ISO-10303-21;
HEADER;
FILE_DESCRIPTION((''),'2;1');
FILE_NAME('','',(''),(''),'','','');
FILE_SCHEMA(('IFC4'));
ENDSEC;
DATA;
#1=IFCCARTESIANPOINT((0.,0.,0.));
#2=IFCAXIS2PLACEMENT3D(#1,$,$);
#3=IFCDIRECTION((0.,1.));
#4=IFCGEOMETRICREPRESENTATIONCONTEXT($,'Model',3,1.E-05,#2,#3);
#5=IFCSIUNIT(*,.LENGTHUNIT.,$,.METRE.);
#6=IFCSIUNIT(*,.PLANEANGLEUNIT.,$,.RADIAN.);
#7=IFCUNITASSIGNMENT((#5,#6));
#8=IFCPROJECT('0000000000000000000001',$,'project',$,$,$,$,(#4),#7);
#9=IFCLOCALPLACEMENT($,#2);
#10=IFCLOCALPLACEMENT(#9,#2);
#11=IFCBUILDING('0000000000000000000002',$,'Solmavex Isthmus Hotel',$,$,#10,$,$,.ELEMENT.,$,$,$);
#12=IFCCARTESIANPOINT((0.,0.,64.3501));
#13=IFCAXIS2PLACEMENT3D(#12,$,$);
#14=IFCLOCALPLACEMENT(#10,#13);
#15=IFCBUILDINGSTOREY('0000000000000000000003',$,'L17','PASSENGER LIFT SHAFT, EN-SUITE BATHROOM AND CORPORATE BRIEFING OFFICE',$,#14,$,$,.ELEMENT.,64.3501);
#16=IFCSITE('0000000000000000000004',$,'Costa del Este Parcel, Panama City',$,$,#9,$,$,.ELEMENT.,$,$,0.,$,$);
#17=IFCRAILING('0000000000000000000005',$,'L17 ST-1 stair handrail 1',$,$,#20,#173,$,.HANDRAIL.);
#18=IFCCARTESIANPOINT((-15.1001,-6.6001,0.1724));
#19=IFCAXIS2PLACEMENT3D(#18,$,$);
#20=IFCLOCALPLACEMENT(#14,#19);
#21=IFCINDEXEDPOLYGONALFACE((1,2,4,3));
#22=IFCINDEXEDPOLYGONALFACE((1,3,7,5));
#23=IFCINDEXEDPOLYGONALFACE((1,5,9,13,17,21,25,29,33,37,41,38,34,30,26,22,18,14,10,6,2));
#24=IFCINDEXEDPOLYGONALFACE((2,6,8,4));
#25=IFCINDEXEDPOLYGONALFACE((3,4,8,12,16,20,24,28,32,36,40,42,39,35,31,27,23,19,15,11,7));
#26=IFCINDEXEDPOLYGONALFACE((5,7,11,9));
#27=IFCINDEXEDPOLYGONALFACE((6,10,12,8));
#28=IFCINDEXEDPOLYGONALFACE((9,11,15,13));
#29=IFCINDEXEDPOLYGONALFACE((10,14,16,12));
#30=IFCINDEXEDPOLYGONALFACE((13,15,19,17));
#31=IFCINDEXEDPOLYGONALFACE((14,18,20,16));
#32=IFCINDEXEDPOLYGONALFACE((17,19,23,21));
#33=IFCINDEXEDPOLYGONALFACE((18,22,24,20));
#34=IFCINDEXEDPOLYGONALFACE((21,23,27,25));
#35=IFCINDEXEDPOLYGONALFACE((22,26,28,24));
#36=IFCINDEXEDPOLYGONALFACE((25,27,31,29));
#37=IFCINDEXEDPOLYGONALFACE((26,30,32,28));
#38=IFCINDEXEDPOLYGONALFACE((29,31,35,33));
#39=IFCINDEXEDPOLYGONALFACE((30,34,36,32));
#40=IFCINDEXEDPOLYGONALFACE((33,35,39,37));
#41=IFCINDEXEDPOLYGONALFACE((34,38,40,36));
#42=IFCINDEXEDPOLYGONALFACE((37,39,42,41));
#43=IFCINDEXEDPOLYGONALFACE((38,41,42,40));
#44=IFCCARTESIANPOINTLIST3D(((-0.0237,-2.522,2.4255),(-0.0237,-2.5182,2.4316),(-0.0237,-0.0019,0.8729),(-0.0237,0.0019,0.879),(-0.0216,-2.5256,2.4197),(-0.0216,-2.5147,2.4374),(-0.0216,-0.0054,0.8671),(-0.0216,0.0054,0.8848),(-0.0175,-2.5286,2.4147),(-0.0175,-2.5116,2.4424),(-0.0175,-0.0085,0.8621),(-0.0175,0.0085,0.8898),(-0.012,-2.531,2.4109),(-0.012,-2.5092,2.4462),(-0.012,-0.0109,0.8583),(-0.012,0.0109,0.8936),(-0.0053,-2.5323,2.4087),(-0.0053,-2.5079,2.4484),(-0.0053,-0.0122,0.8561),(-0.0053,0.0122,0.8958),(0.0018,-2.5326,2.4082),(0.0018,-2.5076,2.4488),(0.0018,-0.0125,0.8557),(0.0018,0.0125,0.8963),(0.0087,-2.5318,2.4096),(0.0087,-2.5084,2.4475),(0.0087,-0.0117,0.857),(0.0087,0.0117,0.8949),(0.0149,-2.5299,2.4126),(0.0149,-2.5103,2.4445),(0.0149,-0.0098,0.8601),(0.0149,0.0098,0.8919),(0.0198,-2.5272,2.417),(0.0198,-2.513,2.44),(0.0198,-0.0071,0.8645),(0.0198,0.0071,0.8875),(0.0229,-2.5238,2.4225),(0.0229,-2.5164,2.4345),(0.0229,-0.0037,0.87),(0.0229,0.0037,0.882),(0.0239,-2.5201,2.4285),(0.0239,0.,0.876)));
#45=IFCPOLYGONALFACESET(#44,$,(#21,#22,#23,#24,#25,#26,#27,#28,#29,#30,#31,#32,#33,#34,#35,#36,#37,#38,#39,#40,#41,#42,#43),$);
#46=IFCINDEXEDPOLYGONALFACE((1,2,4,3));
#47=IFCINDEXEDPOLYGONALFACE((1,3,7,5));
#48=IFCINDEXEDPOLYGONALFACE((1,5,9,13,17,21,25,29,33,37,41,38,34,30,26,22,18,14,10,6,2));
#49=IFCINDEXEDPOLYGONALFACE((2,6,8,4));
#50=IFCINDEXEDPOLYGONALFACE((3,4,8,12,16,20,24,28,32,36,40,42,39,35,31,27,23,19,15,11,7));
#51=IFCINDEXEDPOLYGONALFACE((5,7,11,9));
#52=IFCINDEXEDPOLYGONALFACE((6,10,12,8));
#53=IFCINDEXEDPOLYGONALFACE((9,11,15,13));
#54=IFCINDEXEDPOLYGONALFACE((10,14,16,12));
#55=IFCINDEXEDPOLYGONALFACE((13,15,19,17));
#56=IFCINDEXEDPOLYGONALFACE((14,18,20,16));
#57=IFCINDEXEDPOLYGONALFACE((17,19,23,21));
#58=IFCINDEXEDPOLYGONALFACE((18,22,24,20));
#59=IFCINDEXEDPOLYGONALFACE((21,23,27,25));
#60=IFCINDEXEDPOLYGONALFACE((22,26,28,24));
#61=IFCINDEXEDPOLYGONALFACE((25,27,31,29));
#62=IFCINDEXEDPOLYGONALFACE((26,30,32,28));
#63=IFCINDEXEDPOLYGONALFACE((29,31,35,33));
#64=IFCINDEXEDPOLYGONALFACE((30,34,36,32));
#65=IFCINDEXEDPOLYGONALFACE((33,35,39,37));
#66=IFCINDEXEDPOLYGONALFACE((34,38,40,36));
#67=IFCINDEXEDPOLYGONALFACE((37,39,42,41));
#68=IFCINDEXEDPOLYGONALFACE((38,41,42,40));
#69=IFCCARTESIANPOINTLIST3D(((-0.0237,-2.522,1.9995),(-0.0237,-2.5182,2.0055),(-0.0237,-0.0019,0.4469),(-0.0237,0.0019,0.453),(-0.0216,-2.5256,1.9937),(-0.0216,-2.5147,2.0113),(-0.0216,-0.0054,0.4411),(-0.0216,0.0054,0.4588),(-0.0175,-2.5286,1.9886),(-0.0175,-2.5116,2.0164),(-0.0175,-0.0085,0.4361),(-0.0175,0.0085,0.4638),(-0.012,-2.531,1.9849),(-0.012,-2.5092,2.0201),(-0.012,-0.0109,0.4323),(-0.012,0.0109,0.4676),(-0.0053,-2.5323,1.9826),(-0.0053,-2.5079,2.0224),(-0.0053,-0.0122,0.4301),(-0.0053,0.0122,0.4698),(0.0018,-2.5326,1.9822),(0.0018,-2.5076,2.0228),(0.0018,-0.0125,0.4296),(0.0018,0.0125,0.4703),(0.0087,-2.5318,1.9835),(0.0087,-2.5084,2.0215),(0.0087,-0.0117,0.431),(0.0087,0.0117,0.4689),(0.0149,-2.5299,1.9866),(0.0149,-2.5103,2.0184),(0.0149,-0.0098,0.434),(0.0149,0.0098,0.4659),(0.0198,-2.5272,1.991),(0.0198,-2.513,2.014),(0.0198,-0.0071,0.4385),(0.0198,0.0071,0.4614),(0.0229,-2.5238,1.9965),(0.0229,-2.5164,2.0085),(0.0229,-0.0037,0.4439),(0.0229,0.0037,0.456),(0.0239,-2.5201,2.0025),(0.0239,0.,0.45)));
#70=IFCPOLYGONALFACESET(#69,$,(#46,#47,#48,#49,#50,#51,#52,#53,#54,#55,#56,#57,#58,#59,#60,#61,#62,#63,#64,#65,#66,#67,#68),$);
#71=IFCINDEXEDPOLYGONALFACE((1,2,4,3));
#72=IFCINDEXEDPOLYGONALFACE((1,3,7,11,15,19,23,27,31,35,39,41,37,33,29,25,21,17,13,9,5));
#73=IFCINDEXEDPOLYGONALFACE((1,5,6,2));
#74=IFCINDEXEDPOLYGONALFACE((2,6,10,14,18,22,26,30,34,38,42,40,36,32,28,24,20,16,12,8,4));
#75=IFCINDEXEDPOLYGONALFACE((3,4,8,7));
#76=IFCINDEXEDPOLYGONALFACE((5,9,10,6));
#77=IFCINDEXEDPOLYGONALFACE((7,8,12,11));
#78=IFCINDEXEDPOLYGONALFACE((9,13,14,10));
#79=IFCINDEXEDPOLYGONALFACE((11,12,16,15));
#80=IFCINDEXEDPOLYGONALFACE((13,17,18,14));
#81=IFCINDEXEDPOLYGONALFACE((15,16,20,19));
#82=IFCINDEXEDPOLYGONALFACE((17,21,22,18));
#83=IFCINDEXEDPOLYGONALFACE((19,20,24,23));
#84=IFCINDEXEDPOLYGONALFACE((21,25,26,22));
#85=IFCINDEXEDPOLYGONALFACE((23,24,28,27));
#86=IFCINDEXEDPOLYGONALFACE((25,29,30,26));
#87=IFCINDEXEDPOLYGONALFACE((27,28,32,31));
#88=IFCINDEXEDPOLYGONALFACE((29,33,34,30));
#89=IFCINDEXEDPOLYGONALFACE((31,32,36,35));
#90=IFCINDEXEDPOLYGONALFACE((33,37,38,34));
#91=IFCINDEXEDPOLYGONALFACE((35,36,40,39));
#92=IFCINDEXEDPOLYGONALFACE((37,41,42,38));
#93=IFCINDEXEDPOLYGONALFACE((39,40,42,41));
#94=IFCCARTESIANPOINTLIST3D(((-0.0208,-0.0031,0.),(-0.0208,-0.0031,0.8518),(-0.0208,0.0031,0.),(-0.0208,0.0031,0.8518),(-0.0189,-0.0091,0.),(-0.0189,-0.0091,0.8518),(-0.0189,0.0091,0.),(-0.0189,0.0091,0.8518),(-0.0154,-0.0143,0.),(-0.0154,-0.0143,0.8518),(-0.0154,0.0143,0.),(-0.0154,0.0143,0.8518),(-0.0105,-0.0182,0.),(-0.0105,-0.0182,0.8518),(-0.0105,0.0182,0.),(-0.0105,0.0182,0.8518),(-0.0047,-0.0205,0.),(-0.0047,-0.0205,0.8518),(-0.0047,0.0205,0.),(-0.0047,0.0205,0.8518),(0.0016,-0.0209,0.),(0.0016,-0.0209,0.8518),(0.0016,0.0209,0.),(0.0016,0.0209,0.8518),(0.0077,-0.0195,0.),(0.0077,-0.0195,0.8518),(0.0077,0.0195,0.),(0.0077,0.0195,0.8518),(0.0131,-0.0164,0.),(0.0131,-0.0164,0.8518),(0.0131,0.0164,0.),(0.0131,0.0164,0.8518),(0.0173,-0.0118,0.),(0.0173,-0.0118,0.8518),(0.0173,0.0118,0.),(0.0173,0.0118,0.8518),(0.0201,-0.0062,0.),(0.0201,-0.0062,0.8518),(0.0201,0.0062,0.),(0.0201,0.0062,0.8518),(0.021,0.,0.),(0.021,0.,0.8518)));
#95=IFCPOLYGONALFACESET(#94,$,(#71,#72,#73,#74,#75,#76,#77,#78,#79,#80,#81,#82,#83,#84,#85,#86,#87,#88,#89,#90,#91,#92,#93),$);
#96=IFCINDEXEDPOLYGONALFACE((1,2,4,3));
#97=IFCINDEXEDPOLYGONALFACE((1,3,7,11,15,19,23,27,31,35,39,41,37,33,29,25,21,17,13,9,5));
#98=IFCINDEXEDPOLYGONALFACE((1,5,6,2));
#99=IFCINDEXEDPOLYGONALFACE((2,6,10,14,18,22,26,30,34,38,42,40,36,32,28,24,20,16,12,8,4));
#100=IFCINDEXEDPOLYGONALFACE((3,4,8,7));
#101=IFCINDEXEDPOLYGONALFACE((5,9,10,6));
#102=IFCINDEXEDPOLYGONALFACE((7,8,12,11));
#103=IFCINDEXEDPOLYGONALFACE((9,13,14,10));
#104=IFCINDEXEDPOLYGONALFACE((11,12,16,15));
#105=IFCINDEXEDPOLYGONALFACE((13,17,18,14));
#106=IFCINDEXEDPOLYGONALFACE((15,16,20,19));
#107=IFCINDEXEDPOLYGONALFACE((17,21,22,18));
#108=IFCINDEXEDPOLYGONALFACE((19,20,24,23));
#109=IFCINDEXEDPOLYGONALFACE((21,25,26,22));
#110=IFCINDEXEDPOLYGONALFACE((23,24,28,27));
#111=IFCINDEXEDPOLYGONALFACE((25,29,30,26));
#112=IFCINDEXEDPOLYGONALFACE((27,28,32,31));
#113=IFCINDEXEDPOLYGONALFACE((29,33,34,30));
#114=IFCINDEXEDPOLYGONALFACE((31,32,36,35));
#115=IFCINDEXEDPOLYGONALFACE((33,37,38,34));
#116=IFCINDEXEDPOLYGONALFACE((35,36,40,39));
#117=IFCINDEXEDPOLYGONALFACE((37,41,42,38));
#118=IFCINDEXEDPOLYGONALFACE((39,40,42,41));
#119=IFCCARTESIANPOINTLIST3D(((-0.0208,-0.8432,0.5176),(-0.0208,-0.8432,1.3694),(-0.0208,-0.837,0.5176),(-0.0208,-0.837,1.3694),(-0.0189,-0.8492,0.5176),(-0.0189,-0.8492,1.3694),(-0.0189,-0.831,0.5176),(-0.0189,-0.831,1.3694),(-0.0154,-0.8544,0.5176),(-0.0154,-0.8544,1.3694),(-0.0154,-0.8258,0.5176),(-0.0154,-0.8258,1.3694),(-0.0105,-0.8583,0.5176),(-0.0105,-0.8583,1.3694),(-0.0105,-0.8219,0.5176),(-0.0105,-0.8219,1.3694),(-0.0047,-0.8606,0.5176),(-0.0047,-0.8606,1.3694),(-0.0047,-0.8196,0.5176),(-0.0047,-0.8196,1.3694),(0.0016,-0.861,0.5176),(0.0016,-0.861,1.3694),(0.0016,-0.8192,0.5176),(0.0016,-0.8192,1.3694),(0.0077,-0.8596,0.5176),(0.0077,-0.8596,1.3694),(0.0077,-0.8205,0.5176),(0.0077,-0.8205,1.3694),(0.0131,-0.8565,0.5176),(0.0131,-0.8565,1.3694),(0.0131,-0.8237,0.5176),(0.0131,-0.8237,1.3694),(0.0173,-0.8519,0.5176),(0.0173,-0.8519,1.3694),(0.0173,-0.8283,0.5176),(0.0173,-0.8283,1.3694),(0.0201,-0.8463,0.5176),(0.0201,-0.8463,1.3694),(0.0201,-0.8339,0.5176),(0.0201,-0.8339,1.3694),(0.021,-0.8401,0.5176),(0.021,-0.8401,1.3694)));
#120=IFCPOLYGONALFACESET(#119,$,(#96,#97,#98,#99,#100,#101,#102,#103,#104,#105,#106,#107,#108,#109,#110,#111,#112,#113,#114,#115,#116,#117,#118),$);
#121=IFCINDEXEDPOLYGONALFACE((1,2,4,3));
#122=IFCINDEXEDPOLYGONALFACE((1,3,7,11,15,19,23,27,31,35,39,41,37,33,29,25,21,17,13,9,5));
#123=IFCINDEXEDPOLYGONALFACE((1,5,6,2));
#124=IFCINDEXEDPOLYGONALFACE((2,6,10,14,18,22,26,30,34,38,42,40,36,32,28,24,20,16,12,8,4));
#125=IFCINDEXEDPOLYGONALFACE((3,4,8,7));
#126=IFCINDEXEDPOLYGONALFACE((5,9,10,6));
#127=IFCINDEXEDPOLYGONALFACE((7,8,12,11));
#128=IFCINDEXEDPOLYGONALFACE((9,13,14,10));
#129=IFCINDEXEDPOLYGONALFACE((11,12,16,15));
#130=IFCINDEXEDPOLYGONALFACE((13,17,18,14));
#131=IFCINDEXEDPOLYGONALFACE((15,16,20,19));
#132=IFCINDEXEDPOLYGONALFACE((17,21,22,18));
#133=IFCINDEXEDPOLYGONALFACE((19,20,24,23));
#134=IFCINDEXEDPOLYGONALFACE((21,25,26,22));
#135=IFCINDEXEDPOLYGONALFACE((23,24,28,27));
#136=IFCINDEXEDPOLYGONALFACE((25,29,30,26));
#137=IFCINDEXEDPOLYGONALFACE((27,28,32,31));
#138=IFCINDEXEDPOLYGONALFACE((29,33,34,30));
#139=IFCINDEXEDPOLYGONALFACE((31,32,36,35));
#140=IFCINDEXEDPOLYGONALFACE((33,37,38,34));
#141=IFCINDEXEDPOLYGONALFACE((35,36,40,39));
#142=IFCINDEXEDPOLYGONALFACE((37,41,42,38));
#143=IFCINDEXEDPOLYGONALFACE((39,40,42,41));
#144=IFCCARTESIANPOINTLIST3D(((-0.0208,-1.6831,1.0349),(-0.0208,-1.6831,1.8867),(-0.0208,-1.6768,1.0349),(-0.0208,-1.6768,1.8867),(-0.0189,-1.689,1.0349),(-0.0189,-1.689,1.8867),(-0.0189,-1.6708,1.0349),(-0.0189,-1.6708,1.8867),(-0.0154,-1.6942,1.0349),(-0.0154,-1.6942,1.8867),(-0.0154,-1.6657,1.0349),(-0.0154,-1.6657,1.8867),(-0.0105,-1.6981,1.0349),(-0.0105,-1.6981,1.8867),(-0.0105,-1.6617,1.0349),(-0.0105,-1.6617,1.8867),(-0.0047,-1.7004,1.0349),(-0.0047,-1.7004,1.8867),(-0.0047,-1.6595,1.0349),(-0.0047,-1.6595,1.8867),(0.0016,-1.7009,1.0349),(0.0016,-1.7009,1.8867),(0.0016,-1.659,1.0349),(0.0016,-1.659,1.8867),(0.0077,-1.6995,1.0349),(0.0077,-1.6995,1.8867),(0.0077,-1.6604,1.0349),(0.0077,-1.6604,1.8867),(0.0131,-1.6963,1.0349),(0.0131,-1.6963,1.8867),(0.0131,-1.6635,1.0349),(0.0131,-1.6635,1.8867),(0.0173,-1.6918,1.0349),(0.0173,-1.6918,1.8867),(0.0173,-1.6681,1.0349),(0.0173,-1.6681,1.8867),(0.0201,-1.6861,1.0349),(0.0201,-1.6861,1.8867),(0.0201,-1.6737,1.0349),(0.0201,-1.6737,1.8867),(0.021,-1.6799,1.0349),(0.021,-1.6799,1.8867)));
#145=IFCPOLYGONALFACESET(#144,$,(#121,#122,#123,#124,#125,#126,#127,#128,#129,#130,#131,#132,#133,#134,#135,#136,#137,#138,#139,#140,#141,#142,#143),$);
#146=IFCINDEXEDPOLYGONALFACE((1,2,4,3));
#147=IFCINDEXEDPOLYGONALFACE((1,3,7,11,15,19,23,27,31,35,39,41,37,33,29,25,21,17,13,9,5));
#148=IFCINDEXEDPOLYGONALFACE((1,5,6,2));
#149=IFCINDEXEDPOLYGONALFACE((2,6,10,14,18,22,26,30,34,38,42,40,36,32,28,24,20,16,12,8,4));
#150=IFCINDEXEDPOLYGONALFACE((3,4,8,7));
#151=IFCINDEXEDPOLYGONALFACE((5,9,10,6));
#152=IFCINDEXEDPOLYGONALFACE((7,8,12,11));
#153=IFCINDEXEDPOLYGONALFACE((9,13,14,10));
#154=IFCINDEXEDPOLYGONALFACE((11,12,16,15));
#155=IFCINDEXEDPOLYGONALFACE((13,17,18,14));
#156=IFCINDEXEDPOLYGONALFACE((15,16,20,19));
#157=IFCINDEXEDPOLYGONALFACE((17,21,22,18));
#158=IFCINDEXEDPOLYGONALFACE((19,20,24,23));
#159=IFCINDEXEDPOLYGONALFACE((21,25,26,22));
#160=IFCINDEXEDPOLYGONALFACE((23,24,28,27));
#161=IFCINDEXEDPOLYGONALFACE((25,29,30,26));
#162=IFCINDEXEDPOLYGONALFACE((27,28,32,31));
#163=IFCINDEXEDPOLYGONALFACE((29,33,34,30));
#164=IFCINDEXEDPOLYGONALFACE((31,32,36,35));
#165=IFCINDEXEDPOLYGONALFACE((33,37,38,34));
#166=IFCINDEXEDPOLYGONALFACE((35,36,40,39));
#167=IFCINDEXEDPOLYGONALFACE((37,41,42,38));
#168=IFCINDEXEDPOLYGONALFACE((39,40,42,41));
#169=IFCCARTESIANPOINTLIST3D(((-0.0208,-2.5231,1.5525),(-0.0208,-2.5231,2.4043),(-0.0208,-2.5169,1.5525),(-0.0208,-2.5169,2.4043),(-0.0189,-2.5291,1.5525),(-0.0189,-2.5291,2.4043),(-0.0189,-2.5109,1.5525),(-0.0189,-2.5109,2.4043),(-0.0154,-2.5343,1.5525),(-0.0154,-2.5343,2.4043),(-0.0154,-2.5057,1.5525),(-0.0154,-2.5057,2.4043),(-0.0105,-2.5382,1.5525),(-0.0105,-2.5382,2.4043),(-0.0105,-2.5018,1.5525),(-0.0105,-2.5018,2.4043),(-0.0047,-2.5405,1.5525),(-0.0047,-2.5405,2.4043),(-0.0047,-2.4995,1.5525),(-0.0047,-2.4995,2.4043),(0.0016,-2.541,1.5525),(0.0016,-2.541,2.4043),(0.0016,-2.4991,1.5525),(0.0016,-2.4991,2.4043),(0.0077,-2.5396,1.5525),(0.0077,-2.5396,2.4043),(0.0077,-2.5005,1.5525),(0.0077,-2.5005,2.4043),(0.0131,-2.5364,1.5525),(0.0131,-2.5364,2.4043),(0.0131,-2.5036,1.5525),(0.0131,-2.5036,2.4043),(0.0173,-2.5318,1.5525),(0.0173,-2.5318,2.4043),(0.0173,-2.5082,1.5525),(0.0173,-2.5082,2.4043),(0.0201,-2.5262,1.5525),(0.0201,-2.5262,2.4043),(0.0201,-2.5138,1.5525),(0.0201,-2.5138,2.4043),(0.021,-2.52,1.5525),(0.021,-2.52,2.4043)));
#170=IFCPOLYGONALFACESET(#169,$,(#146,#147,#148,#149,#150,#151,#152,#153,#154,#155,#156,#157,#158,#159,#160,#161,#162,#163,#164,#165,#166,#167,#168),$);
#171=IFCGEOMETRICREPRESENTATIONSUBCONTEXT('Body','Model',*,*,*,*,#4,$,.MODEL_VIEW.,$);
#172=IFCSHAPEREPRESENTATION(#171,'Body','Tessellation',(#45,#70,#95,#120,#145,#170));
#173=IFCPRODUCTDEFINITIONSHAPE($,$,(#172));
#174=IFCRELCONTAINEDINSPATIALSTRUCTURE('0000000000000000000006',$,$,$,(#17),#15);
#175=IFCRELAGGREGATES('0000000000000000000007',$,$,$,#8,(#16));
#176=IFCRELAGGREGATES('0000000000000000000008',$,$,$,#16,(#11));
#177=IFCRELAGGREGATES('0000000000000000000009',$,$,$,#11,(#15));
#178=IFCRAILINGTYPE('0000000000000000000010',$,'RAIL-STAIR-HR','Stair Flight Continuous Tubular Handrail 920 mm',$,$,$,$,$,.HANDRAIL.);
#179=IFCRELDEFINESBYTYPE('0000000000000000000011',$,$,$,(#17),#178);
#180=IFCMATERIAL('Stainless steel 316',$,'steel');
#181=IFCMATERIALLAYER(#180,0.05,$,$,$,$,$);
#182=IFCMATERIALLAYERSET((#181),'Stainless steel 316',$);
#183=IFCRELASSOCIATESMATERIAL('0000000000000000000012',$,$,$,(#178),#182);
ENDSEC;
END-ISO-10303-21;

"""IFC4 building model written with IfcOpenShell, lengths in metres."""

from ifc_helpers import new_model, si_unit, direction, frame, origin, origin_2d, place, context, subcontext, project, spatial, circle, extrude, material, layer, layer_set, type_object, element, save


model = new_model("IFC4")

# Units and contexts
model_context = context("Model", 3, precision=1e-05, world=origin(), true_north=direction((0.0, 1.0)))
body_context = subcontext(model_context, "Body", "Model", "MODEL_VIEW")
ifc_project = project(units=[si_unit("LENGTHUNIT", "METRE"), si_unit("PLANEANGLEUNIT", "RADIAN")], contexts=[model_context])

# Site, building, storey
site_placement = place(None, origin())
site = spatial("IfcSite", under=ifc_project, at=site_placement, Name="Costa del Este Parcel, Panama City", CompositionType="ELEMENT", RefElevation=0.0)
building_placement = place(site_placement, origin())
building = spatial("IfcBuilding", under=site, at=building_placement, Name="Solmavex Isthmus Hotel", CompositionType="ELEMENT")
storey_placement = place(building_placement, frame((0.0, 0.0, 64.3501)))
storey = spatial("IfcBuildingStorey", under=building, at=storey_placement, Name="L17", Description="PASSENGER LIFT SHAFT, EN-SUITE BATHROOM AND CORPORATE BRIEFING OFFICE", CompositionType="ELEMENT", Elevation=64.3501)

# Railing
ifc_material_1 = material(Name="Stainless steel 316", Category="steel")
ifc_layer_1 = layer(ifc_material_1, 0.05)
ifc_layer_set_1 = layer_set([ifc_layer_1], Name="Stainless steel 316")
railing_type = type_object("IfcRailingType", Name="RAIL-STAIR-HR", Description="Stair Flight Continuous Tubular Handrail 920 mm", PredefinedType="HANDRAIL", material=ifc_layer_set_1)
railing_placement = place(storey_placement, frame((-15.1001, -6.6001, 0.1724)))
element("IfcRailing", 1, at=railing_placement, inside=storey, type_object=railing_type, Name="L17 ST-1 stair handrail 1", PredefinedType="HANDRAIL", context=body_context, shape_type="SweptSolid", body=[
    extrude(circle(Radius=0.0239, at=origin_2d()), frame((0.0, 0.0, 0.876), z_axis=(0.0, -0.8514, 0.524516), x_axis=(1.0, 0.0, 0.0)), (0.0, 0.0, 1.0), 2.96),
    extrude(circle(Radius=0.0239, at=origin_2d()), frame((0.0, 0.0, 0.45), z_axis=(0.0, -0.8514, 0.524516), x_axis=(1.0, 0.0, 0.0)), (0.0, 0.0, 1.0), 2.96),
    extrude(circle(Radius=0.021, at=origin_2d()), origin(), (0.0, 0.0, 1.0), 0.8518),
    extrude(circle(Radius=0.021, at=origin_2d()), frame((0.0, -0.8401, 0.5176)), (0.0, 0.0, 1.0), 0.8518),
    extrude(circle(Radius=0.021, at=origin_2d()), frame((0.0, -1.6799, 1.0349)), (0.0, 0.0, 1.0), 0.8518),
    extrude(circle(Radius=0.021, at=origin_2d()), frame((0.0, -2.52, 1.5525)), (0.0, 0.0, 1.0), 0.8518),
])

save(model, "model.ifc")
